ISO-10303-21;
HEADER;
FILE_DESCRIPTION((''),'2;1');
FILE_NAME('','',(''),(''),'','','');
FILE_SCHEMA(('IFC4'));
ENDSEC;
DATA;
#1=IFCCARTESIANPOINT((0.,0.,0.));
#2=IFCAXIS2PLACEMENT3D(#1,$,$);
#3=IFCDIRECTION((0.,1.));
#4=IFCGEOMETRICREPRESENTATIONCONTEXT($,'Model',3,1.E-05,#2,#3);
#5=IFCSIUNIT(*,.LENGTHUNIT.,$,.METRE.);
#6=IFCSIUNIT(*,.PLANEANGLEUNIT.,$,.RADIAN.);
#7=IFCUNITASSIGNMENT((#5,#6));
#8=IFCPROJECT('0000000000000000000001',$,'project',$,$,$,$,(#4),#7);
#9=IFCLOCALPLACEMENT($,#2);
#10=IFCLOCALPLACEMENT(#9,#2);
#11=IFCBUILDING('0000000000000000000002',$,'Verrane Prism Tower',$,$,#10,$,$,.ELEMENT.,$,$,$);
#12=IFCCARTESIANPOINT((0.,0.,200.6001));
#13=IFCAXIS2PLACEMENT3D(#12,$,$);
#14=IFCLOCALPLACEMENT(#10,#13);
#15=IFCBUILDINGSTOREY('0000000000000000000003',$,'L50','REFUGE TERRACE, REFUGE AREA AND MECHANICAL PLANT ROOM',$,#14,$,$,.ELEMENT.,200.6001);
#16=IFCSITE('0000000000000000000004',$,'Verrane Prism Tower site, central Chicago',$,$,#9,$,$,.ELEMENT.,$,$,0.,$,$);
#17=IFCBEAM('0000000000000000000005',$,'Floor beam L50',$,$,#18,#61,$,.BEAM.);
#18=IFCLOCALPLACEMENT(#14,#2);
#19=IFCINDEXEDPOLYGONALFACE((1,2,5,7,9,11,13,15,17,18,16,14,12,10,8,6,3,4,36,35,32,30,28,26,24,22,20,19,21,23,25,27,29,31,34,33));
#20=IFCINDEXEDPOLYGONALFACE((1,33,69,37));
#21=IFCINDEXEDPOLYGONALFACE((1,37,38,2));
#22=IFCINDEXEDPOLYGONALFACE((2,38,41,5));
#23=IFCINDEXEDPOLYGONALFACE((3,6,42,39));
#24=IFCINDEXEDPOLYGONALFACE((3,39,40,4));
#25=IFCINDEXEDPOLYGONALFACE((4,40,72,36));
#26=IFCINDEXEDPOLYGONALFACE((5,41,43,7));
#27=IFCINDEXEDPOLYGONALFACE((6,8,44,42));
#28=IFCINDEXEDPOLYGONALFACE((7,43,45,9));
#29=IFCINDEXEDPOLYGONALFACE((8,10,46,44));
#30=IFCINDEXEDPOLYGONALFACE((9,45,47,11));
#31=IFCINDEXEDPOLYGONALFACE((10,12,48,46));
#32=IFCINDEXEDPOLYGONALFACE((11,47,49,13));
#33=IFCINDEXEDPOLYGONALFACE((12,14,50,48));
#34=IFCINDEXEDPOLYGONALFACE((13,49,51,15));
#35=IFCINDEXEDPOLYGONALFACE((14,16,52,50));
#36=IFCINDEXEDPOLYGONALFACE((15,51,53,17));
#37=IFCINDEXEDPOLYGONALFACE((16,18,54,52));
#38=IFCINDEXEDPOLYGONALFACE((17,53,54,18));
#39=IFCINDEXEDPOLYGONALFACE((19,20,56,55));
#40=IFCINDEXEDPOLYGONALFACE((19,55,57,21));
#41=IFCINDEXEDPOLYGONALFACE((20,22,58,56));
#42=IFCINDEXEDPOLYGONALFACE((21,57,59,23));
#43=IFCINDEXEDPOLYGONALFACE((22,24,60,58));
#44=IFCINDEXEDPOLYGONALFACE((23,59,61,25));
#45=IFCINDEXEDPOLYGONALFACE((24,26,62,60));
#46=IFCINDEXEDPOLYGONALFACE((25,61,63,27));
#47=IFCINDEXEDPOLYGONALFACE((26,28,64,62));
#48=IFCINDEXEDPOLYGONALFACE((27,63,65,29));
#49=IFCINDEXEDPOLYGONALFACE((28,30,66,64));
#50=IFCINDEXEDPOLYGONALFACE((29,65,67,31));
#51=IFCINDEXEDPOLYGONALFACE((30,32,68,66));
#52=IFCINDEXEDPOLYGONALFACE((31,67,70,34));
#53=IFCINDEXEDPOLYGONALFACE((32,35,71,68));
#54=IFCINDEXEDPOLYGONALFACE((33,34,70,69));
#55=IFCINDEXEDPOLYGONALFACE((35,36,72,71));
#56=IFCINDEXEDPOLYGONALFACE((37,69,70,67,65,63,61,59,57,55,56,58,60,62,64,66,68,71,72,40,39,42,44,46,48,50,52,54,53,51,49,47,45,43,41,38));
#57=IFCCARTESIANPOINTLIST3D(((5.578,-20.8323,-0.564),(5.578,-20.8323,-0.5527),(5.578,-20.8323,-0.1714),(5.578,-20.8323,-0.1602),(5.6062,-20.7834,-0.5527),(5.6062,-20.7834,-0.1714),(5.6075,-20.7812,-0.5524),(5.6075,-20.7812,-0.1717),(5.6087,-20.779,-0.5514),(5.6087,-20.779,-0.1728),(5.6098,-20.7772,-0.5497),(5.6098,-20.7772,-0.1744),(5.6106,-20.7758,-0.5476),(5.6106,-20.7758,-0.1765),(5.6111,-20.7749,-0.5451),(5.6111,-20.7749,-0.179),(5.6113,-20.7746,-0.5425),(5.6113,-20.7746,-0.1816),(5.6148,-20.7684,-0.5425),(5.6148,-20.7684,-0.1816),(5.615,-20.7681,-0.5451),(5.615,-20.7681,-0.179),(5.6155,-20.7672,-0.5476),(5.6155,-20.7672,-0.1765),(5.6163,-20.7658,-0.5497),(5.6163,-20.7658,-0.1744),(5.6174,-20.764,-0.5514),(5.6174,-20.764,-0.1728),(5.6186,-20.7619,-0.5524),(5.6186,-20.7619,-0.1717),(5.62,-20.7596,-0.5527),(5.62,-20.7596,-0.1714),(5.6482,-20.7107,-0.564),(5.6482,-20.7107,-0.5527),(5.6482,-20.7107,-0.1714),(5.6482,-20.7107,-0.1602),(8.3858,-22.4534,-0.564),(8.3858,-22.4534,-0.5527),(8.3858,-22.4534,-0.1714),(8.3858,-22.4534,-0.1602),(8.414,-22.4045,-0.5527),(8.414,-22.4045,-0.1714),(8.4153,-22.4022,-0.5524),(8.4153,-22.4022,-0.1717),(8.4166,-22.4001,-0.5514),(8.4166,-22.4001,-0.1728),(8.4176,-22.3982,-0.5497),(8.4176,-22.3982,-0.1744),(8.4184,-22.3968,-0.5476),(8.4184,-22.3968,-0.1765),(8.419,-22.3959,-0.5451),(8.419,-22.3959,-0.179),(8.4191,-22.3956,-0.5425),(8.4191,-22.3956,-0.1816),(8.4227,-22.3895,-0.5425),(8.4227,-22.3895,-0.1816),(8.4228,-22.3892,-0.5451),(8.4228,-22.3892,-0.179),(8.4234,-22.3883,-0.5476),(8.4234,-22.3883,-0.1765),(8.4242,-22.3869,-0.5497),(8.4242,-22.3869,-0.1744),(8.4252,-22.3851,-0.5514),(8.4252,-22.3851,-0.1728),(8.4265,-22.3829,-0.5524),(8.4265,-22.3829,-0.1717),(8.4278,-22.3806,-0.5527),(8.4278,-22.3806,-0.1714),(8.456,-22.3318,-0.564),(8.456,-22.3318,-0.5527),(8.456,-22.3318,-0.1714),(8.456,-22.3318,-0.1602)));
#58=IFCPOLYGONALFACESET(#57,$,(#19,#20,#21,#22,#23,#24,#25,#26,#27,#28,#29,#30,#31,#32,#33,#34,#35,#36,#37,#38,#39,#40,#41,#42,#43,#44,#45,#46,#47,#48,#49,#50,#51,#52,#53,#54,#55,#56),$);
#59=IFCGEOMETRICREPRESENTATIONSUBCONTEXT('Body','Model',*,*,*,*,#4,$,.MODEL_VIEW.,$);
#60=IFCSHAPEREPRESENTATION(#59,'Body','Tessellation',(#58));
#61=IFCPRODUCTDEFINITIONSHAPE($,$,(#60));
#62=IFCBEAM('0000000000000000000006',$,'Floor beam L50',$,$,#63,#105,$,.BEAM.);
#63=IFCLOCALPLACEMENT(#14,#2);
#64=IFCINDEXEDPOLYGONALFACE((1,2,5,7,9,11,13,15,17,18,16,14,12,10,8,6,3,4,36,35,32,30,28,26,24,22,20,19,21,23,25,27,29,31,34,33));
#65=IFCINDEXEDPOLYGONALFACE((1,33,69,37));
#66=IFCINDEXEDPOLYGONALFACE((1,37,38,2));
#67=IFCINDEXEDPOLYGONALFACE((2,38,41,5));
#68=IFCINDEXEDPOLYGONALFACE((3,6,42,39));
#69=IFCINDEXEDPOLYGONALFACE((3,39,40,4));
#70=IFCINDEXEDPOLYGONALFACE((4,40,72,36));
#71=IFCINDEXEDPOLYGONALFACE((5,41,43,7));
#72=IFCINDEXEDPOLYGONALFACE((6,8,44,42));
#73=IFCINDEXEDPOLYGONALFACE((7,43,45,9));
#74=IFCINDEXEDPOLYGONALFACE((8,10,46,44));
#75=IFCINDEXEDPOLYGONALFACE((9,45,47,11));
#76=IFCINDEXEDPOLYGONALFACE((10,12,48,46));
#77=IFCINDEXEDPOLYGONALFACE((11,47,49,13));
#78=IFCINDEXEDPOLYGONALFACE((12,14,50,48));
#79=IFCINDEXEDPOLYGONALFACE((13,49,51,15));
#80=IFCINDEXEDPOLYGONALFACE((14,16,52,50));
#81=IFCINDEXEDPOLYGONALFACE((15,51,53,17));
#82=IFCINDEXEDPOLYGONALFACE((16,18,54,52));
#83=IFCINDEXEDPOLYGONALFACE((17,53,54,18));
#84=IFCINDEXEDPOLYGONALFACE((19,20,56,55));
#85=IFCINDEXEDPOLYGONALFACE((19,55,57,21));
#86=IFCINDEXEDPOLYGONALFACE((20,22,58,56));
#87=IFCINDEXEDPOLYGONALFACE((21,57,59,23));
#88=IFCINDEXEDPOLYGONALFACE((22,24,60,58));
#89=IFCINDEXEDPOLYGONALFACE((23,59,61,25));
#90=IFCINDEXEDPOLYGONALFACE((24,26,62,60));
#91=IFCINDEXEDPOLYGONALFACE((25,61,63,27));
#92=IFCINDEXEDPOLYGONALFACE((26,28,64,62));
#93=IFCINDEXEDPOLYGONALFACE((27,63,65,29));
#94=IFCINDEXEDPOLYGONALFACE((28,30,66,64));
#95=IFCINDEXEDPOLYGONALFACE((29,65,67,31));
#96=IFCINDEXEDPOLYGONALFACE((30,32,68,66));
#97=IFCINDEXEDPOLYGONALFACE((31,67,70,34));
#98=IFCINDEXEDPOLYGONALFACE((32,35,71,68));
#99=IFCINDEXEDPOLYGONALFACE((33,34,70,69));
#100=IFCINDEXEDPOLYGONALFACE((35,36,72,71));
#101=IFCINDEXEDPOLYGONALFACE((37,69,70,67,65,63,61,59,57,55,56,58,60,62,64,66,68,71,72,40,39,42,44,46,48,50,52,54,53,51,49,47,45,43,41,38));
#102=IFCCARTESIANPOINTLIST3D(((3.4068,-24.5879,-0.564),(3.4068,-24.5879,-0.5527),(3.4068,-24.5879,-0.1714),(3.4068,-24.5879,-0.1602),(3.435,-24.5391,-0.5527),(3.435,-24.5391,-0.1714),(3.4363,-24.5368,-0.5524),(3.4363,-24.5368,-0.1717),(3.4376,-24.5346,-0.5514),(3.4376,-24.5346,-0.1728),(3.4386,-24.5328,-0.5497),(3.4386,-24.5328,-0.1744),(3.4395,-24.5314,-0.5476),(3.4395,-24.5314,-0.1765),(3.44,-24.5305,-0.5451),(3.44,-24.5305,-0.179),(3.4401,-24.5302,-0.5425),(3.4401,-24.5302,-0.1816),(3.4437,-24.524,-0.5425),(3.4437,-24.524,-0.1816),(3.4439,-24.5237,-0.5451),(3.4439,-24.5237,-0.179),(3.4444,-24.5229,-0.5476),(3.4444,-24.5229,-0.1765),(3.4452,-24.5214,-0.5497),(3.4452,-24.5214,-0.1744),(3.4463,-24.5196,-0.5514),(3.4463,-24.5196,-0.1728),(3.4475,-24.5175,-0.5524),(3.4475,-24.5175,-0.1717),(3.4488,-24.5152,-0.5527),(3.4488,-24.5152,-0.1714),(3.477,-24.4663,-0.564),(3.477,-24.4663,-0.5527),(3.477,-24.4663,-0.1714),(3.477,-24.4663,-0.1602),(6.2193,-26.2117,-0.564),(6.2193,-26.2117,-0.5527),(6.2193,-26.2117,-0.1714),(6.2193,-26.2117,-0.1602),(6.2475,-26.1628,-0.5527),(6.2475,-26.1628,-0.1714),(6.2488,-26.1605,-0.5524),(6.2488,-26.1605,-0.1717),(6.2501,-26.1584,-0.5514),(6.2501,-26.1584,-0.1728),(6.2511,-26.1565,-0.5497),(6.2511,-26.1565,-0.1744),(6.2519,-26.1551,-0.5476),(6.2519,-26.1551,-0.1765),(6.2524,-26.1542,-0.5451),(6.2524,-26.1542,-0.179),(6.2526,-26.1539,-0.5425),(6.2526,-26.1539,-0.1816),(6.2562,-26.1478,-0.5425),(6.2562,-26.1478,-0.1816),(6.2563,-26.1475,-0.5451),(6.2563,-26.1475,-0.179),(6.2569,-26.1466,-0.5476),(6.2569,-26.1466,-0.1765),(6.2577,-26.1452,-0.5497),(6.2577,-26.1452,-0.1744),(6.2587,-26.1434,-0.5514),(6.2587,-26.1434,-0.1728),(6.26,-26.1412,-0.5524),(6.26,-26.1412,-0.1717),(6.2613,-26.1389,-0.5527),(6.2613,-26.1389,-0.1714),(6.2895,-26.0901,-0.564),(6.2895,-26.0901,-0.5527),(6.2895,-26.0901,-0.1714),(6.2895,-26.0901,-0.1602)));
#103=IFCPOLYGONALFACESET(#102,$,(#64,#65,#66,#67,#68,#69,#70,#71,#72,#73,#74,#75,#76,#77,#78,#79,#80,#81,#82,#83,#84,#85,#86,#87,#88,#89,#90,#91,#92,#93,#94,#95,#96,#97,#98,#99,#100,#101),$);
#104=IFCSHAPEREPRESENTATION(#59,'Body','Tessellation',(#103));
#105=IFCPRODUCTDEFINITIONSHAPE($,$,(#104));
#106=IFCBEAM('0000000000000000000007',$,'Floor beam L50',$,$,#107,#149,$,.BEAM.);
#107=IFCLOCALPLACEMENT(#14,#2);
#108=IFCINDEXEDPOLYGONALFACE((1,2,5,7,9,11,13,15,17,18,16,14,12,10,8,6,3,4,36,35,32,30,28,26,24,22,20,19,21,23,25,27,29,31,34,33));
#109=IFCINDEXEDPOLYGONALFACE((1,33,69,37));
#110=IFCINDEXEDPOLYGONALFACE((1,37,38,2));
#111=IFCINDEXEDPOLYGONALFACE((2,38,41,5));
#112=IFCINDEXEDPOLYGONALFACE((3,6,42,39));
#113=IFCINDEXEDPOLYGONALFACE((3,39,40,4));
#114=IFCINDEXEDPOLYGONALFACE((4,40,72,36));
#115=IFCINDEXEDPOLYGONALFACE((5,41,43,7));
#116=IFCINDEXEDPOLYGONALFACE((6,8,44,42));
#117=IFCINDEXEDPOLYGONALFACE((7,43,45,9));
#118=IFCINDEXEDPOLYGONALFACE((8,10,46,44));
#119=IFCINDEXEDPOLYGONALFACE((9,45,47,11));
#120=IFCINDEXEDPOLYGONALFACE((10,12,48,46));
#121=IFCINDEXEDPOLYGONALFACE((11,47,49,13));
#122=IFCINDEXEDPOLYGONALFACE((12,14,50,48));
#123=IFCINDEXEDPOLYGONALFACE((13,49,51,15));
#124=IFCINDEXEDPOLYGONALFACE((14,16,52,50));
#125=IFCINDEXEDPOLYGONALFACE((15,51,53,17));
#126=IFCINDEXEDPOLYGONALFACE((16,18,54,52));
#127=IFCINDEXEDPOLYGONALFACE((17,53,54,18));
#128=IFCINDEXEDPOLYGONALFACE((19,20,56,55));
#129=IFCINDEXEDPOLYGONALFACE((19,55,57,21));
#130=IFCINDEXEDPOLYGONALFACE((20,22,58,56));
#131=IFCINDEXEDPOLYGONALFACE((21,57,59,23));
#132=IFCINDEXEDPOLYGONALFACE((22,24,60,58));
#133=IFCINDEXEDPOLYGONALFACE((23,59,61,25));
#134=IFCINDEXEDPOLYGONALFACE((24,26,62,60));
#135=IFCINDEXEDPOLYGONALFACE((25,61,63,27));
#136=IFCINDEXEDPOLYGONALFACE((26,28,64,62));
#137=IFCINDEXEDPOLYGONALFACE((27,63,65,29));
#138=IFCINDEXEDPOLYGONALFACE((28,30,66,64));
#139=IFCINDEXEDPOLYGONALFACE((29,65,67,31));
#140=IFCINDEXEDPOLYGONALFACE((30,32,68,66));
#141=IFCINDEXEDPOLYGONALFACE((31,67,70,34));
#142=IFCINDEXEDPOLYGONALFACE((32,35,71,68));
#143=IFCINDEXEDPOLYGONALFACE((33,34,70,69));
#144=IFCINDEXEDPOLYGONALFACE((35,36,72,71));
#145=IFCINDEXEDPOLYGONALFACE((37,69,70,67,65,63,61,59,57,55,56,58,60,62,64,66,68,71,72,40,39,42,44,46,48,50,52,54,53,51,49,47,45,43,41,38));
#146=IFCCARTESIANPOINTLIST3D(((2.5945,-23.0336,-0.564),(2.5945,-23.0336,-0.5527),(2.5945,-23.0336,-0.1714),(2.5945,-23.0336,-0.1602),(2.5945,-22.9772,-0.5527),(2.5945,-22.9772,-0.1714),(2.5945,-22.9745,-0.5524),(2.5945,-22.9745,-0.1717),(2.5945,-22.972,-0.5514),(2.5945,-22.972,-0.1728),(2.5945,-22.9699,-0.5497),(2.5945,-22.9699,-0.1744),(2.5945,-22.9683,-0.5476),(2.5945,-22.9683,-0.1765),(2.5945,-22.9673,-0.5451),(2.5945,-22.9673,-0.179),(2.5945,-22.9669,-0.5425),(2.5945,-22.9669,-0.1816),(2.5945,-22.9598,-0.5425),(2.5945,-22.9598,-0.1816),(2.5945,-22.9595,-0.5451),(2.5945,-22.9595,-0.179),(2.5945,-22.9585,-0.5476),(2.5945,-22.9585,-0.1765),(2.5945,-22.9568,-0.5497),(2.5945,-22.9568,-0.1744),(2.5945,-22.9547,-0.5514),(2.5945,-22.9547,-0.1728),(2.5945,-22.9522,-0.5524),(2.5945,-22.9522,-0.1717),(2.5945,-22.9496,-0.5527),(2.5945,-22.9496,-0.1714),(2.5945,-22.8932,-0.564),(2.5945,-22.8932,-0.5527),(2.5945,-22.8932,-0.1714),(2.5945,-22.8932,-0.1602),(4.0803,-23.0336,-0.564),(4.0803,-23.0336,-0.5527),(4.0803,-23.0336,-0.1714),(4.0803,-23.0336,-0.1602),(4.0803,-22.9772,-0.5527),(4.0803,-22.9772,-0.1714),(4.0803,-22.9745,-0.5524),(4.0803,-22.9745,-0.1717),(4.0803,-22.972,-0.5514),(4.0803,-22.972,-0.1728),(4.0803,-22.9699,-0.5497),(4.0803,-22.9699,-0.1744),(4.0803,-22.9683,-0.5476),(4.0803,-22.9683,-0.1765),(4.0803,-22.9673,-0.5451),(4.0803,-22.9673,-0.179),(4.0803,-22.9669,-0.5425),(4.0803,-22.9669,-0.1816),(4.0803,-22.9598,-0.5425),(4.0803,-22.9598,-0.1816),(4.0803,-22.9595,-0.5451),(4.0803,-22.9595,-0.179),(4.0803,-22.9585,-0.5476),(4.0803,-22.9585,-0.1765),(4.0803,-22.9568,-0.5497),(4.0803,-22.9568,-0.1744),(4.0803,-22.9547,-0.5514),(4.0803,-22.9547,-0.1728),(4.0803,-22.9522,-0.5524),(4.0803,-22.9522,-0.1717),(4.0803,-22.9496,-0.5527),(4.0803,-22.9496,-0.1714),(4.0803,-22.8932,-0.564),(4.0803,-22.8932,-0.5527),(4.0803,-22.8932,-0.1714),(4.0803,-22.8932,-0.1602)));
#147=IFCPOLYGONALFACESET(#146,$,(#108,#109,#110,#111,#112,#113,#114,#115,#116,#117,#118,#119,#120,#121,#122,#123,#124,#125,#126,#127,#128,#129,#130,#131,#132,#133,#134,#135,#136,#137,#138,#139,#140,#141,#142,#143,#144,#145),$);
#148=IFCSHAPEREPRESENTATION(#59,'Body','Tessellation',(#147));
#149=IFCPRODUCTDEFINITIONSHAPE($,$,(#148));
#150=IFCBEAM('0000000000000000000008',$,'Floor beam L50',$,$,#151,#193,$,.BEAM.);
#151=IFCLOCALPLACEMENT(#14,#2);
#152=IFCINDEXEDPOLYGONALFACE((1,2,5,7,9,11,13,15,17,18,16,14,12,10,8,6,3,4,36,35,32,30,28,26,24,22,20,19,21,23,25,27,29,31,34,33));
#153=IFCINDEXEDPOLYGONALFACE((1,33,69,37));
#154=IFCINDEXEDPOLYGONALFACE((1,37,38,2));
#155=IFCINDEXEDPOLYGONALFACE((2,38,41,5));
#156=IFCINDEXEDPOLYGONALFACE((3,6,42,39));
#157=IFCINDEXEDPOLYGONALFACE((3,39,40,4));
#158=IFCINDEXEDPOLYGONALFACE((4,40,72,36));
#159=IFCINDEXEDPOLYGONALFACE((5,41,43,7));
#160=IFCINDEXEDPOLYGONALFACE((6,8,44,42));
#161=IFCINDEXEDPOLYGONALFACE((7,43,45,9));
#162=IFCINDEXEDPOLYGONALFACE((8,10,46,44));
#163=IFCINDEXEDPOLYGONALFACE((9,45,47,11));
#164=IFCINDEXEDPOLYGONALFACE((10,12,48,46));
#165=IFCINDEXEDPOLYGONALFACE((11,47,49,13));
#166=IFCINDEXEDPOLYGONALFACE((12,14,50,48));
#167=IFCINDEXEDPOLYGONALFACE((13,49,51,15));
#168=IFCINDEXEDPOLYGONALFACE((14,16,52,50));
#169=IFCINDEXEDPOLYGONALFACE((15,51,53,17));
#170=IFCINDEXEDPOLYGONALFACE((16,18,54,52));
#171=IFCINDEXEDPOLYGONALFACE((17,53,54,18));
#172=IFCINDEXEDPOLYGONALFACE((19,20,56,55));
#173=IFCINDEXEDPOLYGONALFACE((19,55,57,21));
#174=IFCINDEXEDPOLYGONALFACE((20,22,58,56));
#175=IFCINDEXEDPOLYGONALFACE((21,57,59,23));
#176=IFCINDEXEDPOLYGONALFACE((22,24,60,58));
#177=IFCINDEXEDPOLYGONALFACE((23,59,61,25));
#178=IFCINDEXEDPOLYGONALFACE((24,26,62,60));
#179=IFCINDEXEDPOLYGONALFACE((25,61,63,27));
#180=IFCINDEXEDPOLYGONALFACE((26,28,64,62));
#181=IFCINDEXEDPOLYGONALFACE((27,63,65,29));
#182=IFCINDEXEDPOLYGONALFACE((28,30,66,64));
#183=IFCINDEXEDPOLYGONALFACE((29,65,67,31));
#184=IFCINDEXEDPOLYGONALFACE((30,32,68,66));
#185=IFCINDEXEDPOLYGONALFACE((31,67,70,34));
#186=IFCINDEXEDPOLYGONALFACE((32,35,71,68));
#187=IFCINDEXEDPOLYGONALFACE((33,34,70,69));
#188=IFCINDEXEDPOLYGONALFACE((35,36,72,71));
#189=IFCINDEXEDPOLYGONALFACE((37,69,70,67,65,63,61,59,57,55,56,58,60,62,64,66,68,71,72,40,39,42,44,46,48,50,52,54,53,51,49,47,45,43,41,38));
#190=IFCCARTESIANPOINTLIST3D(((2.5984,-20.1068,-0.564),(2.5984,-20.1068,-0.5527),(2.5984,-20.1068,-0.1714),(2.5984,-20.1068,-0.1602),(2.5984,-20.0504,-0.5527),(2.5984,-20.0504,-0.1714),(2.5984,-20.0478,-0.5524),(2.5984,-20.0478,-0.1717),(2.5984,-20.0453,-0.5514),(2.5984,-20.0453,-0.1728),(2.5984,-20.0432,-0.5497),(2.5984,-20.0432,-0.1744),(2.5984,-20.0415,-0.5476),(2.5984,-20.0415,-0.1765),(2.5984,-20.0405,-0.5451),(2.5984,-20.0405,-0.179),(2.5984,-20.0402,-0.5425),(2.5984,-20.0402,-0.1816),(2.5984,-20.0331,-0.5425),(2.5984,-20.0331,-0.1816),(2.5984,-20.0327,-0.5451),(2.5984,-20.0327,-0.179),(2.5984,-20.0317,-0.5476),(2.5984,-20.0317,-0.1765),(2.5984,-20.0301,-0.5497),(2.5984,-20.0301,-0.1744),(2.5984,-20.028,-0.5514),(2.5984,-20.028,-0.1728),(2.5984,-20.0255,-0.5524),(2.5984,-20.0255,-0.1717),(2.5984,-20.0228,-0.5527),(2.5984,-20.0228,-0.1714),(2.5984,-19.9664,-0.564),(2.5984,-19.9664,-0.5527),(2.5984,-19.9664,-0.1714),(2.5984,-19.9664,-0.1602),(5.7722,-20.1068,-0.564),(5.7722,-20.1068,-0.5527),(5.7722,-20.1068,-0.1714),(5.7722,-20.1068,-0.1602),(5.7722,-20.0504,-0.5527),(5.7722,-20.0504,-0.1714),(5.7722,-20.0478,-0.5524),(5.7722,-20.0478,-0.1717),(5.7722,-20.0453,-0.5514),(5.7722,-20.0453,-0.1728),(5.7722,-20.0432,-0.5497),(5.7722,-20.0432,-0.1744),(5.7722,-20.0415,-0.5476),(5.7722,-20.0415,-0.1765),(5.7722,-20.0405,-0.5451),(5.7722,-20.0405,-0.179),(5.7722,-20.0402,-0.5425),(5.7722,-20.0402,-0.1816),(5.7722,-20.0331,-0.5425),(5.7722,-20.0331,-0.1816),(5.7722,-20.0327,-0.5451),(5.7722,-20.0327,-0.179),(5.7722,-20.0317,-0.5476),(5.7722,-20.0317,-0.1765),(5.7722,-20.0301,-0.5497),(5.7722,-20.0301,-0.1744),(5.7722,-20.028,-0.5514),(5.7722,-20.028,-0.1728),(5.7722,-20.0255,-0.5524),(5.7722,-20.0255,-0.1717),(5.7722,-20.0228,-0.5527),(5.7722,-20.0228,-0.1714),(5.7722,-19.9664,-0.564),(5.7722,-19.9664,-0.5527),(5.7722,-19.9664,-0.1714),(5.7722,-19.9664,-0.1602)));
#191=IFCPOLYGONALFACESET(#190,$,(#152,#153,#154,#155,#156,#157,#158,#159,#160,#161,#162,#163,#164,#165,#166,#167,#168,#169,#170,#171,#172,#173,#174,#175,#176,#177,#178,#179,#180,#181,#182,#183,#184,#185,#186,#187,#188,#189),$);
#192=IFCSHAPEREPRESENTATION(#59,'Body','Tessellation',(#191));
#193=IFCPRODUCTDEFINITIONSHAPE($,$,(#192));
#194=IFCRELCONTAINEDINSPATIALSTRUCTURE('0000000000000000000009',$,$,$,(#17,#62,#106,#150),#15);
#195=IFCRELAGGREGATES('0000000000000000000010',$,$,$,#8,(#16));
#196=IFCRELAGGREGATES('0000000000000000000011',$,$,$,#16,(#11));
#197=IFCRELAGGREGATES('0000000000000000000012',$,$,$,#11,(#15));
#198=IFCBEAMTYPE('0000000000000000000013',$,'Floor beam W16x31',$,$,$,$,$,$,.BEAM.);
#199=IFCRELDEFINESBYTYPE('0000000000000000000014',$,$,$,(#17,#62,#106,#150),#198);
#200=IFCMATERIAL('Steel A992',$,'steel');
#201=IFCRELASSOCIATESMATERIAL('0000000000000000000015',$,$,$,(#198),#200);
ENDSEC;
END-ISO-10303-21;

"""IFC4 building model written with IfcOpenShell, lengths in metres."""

from ifc_helpers import new_model, si_unit, direction, frame, origin, origin_2d, place, context, subcontext, project, spatial, i_section, extrude, material, material_profile, profile_set, type_object, element, save


model = new_model("IFC4")

# Units and contexts
model_context = context("Model", 3, precision=1e-05, world=origin(), true_north=direction((0.0, 1.0)))
body_context = subcontext(model_context, "Body", "Model", "MODEL_VIEW")
ifc_project = project(units=[si_unit("LENGTHUNIT", "METRE"), si_unit("PLANEANGLEUNIT", "RADIAN")], contexts=[model_context])

# Site, building, storey
site_placement = place(None, origin())
site = spatial("IfcSite", under=ifc_project, at=site_placement, Name="Verrane Prism Tower site, central Chicago", CompositionType="ELEMENT", RefElevation=0.0)
building_placement = place(site_placement, origin())
building = spatial("IfcBuilding", under=site, at=building_placement, Name="Verrane Prism Tower", CompositionType="ELEMENT")
storey_placement = place(building_placement, frame((0.0, 0.0, 200.6001)))
storey = spatial("IfcBuildingStorey", under=building, at=storey_placement, Name="L50", Description="REFUGE TERRACE, REFUGE AREA AND MECHANICAL PLANT ROOM", CompositionType="ELEMENT", Elevation=200.6001)

# Beams
ifc_material_1 = material(Name="Steel A992", Category="steel")
ifc_material_profile_1 = material_profile(ifc_material_1, i_section(OverallWidth=0.1404, OverallDepth=0.4038, WebThickness=0.0071, FlangeThickness=0.0112, FilletRadius=0.0103, at=origin_2d()), Name="W16x31")
ifc_profile_set_1 = profile_set([ifc_material_profile_1], Name="Steel A992")
beam_type_1 = type_object("IfcBeamType", Name="Floor beam W16x31", PredefinedType="BEAM", material=ifc_profile_set_1)
beam_1_placement = place(storey_placement, frame((8.4209, -22.3926, -0.3621), z_axis=(-0.866029, 0.499994, 0.0), x_axis=(-0.499994, -0.866029, 0.0)))
element("IfcBeam", 1, at=beam_1_placement, inside=storey, type_object=beam_type_1, Name="Floor beam L50", PredefinedType="BEAM", context=body_context, shape_type="SweptSolid", body=[
    extrude(i_section(OverallWidth=0.1404, OverallDepth=0.4038, WebThickness=0.0071, FlangeThickness=0.0112, FilletRadius=0.0103, at=origin_2d()), origin(), (0.0, 0.0, 1.0), 3.2422),
])
beam_2_placement = place(storey_placement, frame((6.2544, -26.1509, -0.3621), z_axis=(-0.866028, 0.499996, 0.0), x_axis=(-0.499996, -0.866028, 0.0)))
element("IfcBeam", 2, at=beam_2_placement, inside=storey, type_object=beam_type_1, Name="Floor beam L50", PredefinedType="BEAM", context=body_context, shape_type="SweptSolid", body=[
    extrude(i_section(OverallWidth=0.1404, OverallDepth=0.4038, WebThickness=0.0071, FlangeThickness=0.0112, FilletRadius=0.0103, at=origin_2d()), origin(), (0.0, 0.0, 1.0), 3.2476),
])
beam_3_placement = place(storey_placement, frame((2.5945, -22.9634, -0.3621), z_axis=(1.0, 0.0, 0.0), x_axis=(0.0, 1.0, 0.0)))
element("IfcBeam", 3, at=beam_3_placement, inside=storey, type_object=beam_type_1, Name="Floor beam L50", PredefinedType="BEAM", context=body_context, shape_type="SweptSolid", body=[
    extrude(i_section(OverallWidth=0.1404, OverallDepth=0.4038, WebThickness=0.0071, FlangeThickness=0.0112, FilletRadius=0.0103, at=origin_2d()), origin(), (0.0, 0.0, 1.0), 1.4858),
])
beam_4_placement = place(storey_placement, frame((2.5984, -20.0366, -0.3621), z_axis=(1.0, 0.0, 0.0), x_axis=(0.0, 1.0, 0.0)))
element("IfcBeam", 4, at=beam_4_placement, inside=storey, type_object=beam_type_1, Name="Floor beam L50", PredefinedType="BEAM", context=body_context, shape_type="SweptSolid", body=[
    extrude(i_section(OverallWidth=0.1404, OverallDepth=0.4038, WebThickness=0.0071, FlangeThickness=0.0112, FilletRadius=0.0103, at=origin_2d()), origin(), (0.0, 0.0, 1.0), 3.1738),
])

save(model, "model.ifc")
